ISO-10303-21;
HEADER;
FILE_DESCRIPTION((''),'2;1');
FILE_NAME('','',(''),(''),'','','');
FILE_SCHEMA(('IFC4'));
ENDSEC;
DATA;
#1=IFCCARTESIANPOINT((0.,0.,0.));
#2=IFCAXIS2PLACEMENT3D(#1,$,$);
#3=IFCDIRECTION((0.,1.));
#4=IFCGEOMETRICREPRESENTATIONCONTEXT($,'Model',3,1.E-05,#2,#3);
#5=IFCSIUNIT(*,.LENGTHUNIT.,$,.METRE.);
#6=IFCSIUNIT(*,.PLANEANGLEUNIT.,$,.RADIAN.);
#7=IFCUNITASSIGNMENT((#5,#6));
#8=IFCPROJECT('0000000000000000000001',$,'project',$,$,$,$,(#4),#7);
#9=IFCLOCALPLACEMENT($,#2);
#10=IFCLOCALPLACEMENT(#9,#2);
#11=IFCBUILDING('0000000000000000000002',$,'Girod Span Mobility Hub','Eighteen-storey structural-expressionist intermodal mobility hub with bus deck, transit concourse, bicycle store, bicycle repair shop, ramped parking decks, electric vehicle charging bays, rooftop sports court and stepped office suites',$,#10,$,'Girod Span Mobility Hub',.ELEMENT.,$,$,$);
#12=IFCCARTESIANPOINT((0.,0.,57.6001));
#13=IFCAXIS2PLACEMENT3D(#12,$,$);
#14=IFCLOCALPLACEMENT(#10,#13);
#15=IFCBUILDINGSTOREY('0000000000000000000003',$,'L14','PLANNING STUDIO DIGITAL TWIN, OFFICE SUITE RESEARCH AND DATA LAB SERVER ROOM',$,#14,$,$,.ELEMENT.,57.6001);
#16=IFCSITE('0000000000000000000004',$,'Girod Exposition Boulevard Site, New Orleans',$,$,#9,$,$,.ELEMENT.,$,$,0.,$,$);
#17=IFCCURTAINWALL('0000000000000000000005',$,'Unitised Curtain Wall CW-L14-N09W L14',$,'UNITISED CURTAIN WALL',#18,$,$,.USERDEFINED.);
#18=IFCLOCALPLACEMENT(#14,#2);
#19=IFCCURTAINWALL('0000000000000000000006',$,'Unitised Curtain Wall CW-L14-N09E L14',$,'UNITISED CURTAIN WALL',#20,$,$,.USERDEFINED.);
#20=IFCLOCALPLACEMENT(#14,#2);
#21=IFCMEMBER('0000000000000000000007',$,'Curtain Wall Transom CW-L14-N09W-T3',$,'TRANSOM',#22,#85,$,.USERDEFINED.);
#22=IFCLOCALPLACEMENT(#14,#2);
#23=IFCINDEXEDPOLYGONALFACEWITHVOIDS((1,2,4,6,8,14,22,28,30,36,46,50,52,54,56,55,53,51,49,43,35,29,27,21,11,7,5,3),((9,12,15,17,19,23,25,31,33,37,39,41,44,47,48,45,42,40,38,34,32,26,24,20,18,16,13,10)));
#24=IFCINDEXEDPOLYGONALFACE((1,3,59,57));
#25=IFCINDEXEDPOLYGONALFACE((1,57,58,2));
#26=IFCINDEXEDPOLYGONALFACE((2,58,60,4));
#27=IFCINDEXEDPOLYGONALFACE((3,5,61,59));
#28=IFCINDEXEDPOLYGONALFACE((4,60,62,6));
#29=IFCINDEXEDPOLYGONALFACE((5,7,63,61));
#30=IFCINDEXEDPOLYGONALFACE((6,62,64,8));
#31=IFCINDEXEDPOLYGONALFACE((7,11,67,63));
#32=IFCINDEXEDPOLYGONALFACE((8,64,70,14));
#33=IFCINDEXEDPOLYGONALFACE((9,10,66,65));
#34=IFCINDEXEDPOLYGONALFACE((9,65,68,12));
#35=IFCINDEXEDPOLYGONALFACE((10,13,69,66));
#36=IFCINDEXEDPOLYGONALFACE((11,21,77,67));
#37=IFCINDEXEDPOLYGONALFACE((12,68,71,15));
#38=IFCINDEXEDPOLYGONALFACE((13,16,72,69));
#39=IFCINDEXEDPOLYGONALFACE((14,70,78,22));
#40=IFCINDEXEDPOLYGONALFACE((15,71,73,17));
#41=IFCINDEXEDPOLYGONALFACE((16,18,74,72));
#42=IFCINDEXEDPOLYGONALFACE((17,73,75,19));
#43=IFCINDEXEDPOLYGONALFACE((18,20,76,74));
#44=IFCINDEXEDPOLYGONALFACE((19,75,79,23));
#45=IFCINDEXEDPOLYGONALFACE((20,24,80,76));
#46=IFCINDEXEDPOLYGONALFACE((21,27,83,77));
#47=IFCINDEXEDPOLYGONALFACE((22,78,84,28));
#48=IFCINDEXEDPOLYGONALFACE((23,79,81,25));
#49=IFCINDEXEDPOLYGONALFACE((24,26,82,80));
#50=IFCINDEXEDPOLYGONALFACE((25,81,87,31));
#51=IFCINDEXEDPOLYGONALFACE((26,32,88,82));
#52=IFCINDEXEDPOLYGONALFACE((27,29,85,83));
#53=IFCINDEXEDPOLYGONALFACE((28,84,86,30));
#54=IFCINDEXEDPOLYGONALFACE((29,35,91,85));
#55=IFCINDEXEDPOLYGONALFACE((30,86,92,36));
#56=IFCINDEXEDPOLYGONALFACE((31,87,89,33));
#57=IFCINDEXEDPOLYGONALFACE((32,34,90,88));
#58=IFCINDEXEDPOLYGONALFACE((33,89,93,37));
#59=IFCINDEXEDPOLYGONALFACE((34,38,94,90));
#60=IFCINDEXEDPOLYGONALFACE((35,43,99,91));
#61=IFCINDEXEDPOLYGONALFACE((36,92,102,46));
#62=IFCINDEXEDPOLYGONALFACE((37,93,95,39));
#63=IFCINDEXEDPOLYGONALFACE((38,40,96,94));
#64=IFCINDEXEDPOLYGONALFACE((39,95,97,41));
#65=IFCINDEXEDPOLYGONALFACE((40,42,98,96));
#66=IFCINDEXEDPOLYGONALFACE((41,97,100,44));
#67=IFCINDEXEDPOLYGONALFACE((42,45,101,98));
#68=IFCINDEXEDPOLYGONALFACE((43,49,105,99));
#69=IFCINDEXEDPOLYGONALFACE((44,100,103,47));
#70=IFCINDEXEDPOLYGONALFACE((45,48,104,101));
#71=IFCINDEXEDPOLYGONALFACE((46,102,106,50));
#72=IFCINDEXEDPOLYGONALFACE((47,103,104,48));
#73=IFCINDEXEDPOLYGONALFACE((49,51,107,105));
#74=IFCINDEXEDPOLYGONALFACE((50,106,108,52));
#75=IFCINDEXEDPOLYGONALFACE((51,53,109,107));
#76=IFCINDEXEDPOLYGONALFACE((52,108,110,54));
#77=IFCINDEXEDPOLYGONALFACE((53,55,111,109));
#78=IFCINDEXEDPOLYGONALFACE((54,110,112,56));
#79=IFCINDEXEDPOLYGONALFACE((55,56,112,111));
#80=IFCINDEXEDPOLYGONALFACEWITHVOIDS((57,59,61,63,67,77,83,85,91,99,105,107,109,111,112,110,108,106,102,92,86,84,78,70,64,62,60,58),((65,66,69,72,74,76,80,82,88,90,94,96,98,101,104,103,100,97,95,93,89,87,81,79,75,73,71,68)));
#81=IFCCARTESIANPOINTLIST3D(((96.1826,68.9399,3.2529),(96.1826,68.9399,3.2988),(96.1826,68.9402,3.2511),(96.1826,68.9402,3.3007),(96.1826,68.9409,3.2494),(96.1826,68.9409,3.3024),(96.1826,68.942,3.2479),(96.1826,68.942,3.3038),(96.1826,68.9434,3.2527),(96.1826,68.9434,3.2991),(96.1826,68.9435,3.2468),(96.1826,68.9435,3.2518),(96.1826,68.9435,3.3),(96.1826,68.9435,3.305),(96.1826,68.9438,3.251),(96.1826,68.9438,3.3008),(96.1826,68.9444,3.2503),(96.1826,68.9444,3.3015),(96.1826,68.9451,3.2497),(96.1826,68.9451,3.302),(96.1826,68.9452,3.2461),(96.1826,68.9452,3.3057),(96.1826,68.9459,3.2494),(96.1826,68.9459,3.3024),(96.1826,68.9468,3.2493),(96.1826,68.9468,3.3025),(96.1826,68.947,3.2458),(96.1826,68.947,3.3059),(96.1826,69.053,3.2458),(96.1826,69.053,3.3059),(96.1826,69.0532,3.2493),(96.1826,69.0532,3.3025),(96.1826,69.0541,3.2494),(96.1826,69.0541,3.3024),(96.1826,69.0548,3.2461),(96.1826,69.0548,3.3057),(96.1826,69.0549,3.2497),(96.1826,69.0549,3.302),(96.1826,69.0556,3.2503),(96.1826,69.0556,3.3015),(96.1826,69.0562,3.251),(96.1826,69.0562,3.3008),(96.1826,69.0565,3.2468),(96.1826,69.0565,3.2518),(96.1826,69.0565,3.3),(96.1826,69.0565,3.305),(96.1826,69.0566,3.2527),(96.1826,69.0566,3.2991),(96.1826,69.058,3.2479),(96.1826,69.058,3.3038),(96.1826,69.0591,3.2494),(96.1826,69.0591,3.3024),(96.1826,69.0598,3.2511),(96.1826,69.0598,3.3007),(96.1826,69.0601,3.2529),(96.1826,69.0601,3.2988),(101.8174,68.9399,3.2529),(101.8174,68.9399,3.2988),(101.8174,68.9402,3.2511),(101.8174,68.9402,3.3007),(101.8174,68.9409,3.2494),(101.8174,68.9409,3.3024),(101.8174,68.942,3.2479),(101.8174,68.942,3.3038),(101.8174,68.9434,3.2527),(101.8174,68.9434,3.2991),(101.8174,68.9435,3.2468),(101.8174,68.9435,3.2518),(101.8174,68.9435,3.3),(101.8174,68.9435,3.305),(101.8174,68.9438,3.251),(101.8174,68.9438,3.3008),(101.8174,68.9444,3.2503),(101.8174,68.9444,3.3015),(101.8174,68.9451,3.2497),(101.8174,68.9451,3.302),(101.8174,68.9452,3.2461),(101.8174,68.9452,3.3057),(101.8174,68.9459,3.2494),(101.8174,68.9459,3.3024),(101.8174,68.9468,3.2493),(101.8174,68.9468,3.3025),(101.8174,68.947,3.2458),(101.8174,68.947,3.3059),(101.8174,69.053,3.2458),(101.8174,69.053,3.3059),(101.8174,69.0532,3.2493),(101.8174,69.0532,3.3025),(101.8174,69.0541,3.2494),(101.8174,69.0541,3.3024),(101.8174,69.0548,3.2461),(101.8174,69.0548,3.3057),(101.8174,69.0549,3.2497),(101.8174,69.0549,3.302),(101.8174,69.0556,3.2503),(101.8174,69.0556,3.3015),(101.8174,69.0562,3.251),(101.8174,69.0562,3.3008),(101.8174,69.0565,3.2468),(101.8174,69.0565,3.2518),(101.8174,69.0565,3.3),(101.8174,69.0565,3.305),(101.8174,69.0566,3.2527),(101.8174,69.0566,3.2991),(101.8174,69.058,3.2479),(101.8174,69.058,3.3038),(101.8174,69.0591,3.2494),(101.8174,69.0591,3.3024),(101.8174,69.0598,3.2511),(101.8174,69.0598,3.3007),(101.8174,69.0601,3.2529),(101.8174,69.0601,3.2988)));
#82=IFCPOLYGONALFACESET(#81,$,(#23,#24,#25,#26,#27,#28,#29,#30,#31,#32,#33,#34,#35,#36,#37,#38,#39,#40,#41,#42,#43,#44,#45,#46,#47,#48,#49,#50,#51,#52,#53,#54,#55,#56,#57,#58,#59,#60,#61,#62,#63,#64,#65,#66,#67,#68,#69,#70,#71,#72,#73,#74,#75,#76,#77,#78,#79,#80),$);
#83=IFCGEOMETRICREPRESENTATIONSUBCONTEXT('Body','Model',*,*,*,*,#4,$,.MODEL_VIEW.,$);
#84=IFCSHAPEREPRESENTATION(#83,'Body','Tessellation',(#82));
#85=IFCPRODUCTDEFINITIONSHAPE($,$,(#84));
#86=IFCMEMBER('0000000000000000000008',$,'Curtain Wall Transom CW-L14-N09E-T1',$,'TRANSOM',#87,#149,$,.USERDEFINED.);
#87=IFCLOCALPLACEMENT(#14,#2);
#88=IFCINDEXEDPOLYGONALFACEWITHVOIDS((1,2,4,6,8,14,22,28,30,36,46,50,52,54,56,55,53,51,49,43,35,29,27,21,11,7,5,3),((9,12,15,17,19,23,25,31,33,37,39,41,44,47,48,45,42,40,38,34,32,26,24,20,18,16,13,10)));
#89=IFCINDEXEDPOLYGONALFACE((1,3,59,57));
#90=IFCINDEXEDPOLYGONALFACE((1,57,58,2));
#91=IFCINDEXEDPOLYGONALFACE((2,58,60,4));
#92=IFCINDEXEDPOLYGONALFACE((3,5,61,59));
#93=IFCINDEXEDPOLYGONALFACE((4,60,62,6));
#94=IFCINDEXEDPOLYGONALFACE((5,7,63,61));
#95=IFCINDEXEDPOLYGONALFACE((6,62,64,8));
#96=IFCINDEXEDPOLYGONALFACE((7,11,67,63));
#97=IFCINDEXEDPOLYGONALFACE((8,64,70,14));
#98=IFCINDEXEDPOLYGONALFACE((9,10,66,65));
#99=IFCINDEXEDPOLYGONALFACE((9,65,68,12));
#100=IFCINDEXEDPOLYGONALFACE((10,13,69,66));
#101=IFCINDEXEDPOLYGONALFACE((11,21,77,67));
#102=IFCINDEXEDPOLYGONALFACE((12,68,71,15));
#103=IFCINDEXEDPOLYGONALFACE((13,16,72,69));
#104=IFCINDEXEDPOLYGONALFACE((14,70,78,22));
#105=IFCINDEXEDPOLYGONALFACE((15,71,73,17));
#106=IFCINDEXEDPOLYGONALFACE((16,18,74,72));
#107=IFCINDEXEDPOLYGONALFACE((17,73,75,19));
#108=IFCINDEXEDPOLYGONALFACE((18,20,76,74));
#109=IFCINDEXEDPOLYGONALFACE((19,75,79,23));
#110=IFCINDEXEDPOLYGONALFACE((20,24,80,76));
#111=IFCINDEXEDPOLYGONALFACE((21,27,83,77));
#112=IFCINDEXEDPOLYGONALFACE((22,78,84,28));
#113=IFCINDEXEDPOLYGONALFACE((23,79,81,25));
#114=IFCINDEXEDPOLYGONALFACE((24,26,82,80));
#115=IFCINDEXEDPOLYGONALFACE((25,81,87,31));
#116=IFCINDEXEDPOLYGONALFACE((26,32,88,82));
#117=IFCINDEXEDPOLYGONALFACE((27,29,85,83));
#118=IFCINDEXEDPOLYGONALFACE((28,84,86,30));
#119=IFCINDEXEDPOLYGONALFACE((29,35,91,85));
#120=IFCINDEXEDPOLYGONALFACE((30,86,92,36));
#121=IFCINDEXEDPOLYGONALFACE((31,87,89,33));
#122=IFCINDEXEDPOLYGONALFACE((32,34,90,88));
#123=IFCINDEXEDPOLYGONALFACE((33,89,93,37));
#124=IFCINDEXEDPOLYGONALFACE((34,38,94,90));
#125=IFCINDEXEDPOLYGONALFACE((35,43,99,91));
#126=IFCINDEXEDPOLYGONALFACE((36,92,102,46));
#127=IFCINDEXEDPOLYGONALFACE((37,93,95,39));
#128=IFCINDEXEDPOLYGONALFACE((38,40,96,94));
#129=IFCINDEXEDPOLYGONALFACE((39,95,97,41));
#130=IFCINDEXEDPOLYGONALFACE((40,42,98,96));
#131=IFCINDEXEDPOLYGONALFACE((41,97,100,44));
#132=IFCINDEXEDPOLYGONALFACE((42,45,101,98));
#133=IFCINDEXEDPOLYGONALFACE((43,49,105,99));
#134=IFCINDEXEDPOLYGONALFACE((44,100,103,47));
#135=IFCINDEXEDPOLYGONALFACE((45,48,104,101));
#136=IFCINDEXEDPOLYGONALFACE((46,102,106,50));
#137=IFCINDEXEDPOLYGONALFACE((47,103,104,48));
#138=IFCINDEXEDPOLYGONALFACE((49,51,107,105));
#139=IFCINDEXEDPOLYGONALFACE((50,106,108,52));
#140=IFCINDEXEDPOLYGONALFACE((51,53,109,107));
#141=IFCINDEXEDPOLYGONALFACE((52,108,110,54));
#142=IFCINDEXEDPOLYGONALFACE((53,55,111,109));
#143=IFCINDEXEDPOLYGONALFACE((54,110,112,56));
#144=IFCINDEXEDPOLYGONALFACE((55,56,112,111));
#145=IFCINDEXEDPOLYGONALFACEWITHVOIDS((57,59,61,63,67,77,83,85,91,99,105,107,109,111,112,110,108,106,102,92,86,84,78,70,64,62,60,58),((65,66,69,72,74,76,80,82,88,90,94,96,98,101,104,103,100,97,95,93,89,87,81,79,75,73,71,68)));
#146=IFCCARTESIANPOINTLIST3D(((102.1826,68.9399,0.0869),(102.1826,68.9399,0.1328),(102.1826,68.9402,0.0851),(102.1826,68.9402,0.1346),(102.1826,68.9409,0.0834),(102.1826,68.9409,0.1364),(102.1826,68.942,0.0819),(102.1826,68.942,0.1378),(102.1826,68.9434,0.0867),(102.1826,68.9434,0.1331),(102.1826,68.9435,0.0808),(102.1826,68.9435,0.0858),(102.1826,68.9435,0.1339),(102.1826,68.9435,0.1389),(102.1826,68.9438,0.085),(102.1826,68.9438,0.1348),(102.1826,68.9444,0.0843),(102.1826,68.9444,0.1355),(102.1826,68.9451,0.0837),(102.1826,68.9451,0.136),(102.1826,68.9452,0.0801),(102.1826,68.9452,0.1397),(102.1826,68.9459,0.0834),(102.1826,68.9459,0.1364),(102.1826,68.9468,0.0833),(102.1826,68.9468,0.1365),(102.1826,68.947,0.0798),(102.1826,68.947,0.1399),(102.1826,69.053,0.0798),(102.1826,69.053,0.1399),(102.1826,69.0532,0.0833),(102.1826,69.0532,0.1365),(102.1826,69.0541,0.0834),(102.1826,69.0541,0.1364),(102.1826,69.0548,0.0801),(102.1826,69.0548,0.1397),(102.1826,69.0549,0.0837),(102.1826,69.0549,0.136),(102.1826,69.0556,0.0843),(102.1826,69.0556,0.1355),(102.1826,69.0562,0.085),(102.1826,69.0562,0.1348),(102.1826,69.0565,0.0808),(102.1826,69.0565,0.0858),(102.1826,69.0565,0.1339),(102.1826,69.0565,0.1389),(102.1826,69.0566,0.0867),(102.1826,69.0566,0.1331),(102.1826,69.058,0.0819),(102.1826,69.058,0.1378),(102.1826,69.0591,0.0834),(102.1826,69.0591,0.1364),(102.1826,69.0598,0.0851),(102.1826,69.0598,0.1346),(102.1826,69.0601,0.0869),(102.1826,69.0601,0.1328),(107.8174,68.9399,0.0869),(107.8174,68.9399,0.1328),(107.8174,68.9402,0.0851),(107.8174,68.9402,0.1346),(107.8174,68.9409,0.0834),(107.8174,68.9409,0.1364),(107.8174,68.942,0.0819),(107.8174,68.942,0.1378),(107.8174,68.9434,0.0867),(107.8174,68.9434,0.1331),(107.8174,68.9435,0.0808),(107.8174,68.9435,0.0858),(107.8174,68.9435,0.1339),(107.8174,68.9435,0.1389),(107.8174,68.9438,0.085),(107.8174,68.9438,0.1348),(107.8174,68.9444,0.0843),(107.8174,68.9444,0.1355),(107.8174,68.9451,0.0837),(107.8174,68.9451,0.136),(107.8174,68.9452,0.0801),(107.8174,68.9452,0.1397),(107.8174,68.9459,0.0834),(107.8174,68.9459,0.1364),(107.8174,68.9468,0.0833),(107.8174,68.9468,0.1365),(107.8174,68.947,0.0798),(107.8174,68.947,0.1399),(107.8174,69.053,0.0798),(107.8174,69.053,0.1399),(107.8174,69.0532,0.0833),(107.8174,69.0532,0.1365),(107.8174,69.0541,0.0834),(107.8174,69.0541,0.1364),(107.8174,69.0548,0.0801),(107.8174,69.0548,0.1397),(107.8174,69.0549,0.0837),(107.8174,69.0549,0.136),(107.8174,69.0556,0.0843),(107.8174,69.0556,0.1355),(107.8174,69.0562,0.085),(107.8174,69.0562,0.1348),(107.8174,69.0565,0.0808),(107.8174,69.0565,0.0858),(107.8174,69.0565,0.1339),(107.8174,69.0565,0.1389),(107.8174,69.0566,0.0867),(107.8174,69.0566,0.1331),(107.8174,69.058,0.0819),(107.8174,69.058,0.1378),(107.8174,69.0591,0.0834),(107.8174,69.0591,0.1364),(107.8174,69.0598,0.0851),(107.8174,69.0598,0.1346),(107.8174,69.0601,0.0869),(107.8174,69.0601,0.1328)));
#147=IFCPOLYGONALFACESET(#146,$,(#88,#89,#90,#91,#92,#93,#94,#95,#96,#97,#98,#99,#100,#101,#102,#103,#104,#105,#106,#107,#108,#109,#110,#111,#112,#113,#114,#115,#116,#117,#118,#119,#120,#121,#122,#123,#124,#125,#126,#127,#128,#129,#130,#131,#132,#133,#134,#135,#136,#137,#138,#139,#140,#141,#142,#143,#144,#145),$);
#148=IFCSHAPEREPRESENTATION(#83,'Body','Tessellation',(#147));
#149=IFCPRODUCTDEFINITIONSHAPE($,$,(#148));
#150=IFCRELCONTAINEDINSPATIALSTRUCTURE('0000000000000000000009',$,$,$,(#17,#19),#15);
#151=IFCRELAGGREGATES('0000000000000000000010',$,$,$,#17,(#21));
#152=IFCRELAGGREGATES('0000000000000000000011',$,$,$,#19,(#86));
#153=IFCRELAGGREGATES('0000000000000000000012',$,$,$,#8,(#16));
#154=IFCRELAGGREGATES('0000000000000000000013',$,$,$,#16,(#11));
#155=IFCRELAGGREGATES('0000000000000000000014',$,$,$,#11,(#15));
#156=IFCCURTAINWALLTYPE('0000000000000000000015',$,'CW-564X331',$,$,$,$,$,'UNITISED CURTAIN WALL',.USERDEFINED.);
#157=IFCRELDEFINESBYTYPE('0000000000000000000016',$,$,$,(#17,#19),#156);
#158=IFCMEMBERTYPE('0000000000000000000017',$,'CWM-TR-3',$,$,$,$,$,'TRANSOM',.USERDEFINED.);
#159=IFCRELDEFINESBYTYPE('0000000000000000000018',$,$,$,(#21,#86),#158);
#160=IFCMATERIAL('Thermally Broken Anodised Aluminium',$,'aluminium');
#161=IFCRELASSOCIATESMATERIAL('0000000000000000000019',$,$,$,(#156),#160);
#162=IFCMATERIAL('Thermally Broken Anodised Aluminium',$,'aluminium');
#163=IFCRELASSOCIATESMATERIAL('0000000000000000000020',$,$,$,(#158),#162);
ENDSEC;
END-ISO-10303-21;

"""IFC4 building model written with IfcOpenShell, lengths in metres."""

from ifc_helpers import new_model, si_unit, direction, frame, origin, origin_2d, place, context, subcontext, project, spatial, hollow_rectangle, extrude, material, material_profile, profile_set, type_object, element, aggregate, save


model = new_model("IFC4")

# Units and contexts
model_context = context("Model", 3, precision=1e-05, world=origin(), true_north=direction((0.0, 1.0)))
body_context = subcontext(model_context, "Body", "Model", "MODEL_VIEW")
ifc_project = project(units=[si_unit("LENGTHUNIT", "METRE"), si_unit("PLANEANGLEUNIT", "RADIAN")], contexts=[model_context])

# Site, building, storey
site_placement = place(None, origin())
site = spatial("IfcSite", under=ifc_project, at=site_placement, Name="Girod Exposition Boulevard Site, New Orleans", CompositionType="ELEMENT", RefElevation=0.0)
building_placement = place(site_placement, origin())
building = spatial("IfcBuilding", under=site, at=building_placement, Name="Girod Span Mobility Hub", Description="Eighteen-storey structural-expressionist intermodal mobility hub with bus deck, transit concourse, bicycle store, bicycle repair shop, ramped parking decks, electric vehicle charging bays, rooftop sports court and stepped office suites", LongName="Girod Span Mobility Hub", CompositionType="ELEMENT")
storey_placement = place(building_placement, frame((0.0, 0.0, 57.6001)))
storey = spatial("IfcBuildingStorey", under=building, at=storey_placement, Name="L14", Description="PLANNING STUDIO DIGITAL TWIN, OFFICE SUITE RESEARCH AND DATA LAB SERVER ROOM", CompositionType="ELEMENT", Elevation=57.6001)

# Curtain wall
ifc_material_1 = material(Name="Thermally Broken Anodised Aluminium", Category="aluminium")
curtain_wall_type = type_object("IfcCurtainWallType", Name="CW-564X331", ElementType="UNITISED CURTAIN WALL", PredefinedType="USERDEFINED", material=ifc_material_1)
curtain_wall_1_placement = place(storey_placement, origin())
curtain_wall_1 = element("IfcCurtainWall", 1, at=curtain_wall_1_placement, inside=storey, type_object=curtain_wall_type, Name="Unitised Curtain Wall CW-L14-N09W L14", ObjectType="UNITISED CURTAIN WALL", PredefinedType="USERDEFINED")

# Curtain wall
curtain_wall_2_placement = place(storey_placement, origin())
curtain_wall_2 = element("IfcCurtainWall", 2, at=curtain_wall_2_placement, inside=storey, type_object=curtain_wall_type, Name="Unitised Curtain Wall CW-L14-N09E L14", ObjectType="UNITISED CURTAIN WALL", PredefinedType="USERDEFINED")

# Members
ifc_material_2 = material(Name="Thermally Broken Anodised Aluminium", Category="aluminium")
ifc_material_profile_1 = material_profile(ifc_material_2, hollow_rectangle(XDim=0.1201, YDim=0.0601, WallThickness=0.0034, InnerFilletRadius=0.0034, OuterFilletRadius=0.0071, at=origin_2d()), Name="CW-TR-60X120")
ifc_profile_set_1 = profile_set([ifc_material_profile_1], Name="Thermally Broken Anodised Aluminium")
member_type_1 = type_object("IfcMemberType", Name="CWM-TR-3", ElementType="TRANSOM", PredefinedType="USERDEFINED", material=ifc_profile_set_1)
member_1_placement = place(storey_placement, frame((96.1826, 69.0, 3.2759), z_axis=(1.0, 0.0, 0.0), x_axis=(0.0, 1.0, 0.0)))
member_1 = element("IfcMember", 3, at=member_1_placement, type_object=member_type_1, Name="Curtain Wall Transom CW-L14-N09W-T3", ObjectType="TRANSOM", PredefinedType="USERDEFINED", context=body_context, shape_type="SweptSolid", body=[
    extrude(hollow_rectangle(XDim=0.1201, YDim=0.0601, WallThickness=0.0034, InnerFilletRadius=0.0034, OuterFilletRadius=0.0071, at=origin_2d()), origin(), (0.0, 0.0, 1.0), 5.6348),
])
member_2_placement = place(storey_placement, frame((102.1826, 69.0, 0.1099), z_axis=(1.0, 0.0, 0.0), x_axis=(0.0, 1.0, 0.0)))
member_2 = element("IfcMember", 4, at=member_2_placement, type_object=member_type_1, Name="Curtain Wall Transom CW-L14-N09E-T1", ObjectType="TRANSOM", PredefinedType="USERDEFINED", context=body_context, shape_type="SweptSolid", body=[
    extrude(hollow_rectangle(XDim=0.1201, YDim=0.0601, WallThickness=0.0034, InnerFilletRadius=0.0034, OuterFilletRadius=0.0071, at=origin_2d()), origin(), (0.0, 0.0, 1.0), 5.6348),
])

aggregate(curtain_wall_1, [member_1])
aggregate(curtain_wall_2, [member_2])

save(model, "model.ifc")
